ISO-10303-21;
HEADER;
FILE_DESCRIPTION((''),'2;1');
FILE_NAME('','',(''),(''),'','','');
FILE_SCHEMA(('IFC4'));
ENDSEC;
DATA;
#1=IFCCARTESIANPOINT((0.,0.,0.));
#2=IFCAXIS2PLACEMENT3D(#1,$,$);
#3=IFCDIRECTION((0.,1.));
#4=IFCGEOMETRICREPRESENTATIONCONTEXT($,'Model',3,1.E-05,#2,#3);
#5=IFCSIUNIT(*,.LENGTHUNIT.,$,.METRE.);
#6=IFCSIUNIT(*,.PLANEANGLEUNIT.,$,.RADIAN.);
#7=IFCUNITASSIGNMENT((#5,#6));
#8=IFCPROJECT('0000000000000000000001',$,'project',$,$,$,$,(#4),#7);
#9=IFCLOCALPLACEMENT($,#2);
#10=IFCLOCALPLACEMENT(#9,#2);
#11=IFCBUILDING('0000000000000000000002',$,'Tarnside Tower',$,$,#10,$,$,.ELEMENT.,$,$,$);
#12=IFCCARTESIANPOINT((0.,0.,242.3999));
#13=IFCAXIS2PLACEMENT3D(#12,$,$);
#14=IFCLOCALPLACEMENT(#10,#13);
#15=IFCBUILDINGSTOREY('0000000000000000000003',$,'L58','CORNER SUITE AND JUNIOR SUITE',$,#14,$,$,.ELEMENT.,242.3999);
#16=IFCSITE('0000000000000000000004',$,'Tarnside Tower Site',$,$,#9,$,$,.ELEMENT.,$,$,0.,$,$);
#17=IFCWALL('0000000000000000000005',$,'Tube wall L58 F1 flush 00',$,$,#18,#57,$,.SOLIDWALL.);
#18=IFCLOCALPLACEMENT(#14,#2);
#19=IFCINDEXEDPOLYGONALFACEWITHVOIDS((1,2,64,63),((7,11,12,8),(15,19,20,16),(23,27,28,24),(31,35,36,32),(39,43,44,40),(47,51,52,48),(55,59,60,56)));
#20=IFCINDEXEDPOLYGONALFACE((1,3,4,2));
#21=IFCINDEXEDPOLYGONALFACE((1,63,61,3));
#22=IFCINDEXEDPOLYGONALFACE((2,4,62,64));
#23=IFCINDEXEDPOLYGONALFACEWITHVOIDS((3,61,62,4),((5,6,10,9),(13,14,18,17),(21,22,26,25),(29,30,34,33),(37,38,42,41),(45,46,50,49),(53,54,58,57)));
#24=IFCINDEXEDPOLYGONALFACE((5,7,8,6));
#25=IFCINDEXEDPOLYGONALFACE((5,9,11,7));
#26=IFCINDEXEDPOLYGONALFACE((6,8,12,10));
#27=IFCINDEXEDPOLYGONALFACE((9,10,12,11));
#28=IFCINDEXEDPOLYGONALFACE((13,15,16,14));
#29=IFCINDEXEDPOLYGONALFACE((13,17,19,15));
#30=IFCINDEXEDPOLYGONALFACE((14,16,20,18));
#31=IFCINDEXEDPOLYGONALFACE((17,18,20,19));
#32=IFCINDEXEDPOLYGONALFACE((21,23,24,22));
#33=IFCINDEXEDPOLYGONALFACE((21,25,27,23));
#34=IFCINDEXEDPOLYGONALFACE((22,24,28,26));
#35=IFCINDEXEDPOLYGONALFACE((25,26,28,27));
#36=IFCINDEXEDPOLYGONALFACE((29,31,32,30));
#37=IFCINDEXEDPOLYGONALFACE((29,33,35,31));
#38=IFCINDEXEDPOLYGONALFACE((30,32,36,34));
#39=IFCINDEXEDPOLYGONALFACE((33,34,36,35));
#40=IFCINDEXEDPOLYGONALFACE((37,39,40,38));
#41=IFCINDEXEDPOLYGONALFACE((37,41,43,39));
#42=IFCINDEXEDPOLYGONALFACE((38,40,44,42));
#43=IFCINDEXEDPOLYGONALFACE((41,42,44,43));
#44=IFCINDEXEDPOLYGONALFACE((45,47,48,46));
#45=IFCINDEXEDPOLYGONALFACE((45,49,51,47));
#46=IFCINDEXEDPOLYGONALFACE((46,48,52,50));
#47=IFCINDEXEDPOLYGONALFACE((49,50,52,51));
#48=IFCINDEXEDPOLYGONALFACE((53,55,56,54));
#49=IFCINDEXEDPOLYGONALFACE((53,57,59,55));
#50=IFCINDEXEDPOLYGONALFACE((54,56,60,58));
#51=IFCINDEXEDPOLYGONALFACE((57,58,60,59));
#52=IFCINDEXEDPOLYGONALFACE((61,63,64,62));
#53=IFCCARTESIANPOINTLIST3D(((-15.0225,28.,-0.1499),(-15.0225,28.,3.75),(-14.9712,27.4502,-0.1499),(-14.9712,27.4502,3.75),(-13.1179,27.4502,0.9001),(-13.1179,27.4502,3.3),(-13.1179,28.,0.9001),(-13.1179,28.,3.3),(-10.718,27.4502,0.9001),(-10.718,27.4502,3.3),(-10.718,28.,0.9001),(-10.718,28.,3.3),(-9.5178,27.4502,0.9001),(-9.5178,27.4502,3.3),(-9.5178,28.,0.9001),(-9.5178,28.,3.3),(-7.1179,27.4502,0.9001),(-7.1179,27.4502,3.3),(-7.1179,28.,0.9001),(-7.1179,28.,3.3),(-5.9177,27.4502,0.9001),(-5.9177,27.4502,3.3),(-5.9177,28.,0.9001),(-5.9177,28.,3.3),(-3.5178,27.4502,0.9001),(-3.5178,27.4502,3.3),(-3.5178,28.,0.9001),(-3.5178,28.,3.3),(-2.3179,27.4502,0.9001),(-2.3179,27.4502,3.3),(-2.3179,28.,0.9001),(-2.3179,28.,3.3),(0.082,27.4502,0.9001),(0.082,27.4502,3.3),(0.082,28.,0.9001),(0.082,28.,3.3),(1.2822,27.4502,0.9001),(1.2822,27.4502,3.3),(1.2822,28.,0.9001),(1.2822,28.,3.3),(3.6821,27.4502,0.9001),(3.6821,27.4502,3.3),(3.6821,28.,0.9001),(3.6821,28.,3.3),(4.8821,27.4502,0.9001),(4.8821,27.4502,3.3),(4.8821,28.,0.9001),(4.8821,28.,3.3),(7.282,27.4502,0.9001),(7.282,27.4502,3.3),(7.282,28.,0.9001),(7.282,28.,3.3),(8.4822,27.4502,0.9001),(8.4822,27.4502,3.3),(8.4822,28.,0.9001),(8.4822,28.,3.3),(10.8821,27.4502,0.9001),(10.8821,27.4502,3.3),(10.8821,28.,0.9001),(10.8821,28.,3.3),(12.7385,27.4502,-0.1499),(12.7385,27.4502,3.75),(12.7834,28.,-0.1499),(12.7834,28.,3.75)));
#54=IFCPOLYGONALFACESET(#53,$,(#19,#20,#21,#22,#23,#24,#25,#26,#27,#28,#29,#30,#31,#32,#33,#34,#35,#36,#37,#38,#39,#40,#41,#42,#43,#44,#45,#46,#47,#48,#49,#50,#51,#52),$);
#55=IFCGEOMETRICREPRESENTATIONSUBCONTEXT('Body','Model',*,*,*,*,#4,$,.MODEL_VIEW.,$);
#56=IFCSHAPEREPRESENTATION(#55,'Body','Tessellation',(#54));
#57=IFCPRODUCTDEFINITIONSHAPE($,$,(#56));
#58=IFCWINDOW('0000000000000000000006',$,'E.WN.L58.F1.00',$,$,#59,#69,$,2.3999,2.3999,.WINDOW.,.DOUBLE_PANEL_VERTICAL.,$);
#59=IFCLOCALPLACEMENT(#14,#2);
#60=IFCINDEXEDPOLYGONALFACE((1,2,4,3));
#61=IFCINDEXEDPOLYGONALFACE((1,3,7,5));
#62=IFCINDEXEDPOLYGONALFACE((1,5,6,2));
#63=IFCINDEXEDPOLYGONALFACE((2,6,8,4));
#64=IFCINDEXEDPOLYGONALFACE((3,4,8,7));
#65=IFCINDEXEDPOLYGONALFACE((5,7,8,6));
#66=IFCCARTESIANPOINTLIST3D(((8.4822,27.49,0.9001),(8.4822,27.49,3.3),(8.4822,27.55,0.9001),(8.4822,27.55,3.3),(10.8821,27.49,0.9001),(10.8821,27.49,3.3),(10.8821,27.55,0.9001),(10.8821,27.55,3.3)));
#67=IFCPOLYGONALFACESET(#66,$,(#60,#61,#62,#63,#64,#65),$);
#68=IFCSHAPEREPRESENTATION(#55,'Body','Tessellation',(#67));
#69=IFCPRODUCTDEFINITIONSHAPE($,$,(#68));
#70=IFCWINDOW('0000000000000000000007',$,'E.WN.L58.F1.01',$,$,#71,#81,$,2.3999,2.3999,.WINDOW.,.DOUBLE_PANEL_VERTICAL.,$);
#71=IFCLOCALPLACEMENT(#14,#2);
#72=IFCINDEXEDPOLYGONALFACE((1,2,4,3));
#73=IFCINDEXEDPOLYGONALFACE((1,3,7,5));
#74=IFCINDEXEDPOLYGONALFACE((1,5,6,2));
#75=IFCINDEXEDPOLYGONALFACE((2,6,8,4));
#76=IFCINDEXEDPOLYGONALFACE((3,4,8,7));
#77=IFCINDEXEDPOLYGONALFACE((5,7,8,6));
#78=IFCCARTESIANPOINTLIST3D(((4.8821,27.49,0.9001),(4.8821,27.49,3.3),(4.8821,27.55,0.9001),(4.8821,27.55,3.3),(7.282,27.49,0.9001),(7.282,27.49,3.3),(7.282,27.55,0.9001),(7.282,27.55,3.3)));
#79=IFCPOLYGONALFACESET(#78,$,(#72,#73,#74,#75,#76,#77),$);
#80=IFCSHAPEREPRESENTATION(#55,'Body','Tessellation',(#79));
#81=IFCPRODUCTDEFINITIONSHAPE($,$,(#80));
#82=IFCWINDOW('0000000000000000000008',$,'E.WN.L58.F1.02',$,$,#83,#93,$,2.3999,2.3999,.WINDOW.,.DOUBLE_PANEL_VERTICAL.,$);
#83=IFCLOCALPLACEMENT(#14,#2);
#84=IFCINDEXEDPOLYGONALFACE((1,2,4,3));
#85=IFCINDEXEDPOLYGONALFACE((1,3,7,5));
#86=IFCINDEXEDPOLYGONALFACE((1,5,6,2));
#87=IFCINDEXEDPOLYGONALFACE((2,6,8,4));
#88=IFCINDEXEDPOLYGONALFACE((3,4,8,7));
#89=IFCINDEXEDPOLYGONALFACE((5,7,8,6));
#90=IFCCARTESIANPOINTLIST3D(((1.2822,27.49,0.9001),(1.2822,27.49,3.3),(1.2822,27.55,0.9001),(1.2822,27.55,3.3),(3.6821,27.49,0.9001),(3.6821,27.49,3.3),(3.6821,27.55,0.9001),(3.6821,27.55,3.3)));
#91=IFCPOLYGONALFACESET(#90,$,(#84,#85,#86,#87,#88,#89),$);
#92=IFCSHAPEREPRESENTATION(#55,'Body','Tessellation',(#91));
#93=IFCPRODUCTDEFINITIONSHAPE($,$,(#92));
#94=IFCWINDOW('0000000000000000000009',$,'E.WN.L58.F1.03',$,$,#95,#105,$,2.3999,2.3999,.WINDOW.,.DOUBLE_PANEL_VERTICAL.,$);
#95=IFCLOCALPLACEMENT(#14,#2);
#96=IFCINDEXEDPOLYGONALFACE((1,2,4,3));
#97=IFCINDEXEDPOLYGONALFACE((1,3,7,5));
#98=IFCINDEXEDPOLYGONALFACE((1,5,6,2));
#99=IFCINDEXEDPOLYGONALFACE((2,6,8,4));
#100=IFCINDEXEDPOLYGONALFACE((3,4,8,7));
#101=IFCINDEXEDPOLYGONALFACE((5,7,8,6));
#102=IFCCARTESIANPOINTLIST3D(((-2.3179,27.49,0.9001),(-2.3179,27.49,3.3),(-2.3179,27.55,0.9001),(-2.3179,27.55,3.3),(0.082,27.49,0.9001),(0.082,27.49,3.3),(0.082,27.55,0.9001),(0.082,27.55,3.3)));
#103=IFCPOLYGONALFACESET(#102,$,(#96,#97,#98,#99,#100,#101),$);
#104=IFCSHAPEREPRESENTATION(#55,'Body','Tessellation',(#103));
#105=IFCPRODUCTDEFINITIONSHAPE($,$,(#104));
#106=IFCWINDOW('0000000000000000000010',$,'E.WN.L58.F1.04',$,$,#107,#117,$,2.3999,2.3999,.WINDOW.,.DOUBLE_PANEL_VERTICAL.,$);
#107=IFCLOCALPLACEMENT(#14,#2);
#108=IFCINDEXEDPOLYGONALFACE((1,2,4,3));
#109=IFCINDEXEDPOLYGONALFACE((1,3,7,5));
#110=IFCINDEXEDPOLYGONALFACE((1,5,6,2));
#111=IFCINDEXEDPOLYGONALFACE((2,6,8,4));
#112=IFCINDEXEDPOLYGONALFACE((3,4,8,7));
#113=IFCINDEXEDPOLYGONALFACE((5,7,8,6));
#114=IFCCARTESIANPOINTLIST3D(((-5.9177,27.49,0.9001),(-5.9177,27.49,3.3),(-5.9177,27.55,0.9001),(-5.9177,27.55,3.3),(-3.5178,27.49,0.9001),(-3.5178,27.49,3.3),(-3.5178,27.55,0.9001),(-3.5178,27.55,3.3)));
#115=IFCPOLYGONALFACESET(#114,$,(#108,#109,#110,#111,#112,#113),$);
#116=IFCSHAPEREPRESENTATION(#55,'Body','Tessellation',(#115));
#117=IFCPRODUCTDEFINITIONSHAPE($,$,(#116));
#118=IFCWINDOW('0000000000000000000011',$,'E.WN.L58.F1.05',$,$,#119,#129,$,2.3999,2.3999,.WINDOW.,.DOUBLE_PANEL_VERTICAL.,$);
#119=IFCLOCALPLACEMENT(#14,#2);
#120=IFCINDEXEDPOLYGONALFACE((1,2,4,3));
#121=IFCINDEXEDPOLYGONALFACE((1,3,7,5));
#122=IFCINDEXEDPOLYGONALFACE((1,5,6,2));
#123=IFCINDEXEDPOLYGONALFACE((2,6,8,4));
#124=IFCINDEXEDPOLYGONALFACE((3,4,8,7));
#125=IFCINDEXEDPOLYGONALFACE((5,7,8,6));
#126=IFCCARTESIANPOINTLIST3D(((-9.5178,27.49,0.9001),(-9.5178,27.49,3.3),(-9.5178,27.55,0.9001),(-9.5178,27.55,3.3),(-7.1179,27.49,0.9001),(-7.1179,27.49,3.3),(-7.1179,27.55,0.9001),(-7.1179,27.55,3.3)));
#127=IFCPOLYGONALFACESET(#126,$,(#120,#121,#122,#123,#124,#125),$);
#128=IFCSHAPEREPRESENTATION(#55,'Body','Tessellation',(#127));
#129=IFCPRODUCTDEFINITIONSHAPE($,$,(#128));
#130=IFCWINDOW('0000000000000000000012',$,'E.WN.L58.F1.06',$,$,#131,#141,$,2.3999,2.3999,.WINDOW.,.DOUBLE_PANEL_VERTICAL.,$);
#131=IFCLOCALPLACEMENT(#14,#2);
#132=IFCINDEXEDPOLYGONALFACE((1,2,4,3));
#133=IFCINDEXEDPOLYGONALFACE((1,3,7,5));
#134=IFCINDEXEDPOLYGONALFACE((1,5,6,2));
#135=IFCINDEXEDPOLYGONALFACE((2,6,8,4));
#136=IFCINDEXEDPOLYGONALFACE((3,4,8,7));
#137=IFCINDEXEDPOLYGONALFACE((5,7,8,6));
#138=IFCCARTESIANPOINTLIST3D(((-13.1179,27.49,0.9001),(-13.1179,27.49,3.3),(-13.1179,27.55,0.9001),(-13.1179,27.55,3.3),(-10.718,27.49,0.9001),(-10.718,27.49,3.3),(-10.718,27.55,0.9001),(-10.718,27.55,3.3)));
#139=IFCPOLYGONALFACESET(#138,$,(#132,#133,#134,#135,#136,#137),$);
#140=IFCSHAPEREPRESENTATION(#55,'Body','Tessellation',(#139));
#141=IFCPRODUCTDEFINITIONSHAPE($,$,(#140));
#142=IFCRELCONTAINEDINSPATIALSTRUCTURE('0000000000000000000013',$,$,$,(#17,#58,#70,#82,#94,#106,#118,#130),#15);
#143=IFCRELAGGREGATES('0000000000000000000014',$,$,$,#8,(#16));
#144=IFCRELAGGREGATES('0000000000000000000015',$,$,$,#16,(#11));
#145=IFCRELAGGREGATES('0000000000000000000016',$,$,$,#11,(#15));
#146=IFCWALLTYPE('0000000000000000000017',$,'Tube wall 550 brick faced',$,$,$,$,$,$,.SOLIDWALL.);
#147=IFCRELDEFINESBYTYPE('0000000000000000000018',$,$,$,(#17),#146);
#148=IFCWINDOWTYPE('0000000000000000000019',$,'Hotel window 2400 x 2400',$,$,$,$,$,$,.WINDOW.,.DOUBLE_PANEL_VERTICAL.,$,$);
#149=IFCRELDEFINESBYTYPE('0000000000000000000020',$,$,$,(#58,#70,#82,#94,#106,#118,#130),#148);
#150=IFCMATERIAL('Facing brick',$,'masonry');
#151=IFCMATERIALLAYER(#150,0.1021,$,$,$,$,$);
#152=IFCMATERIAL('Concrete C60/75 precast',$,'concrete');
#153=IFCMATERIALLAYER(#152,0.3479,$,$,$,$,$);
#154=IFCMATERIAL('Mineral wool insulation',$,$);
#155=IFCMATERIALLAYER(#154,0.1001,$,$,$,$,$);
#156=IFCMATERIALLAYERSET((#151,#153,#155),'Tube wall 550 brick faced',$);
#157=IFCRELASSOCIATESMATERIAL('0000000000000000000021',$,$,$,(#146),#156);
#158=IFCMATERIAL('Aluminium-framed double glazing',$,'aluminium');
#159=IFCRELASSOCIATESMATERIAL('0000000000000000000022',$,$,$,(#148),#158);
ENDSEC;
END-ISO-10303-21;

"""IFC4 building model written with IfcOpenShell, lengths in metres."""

from ifc_helpers import new_model, si_unit, direction, frame, frame_2d, origin, place, context, subcontext, project, spatial, polyline, rectangle, outline, extrude, material, layer, layer_set, type_object, element, fill, save


model = new_model("IFC4")

# Units and contexts
model_context = context("Model", 3, precision=1e-05, world=origin(), true_north=direction((0.0, 1.0)))
body_context = subcontext(model_context, "Body", "Model", "MODEL_VIEW")
ifc_project = project(units=[si_unit("LENGTHUNIT", "METRE"), si_unit("PLANEANGLEUNIT", "RADIAN")], contexts=[model_context])

# Site, building, storey
site_placement = place(None, origin())
site = spatial("IfcSite", under=ifc_project, at=site_placement, Name="Tarnside Tower Site", CompositionType="ELEMENT", RefElevation=0.0)
building_placement = place(site_placement, origin())
building = spatial("IfcBuilding", under=site, at=building_placement, Name="Tarnside Tower", CompositionType="ELEMENT")
storey_placement = place(building_placement, frame((0.0, 0.0, 242.3999)))
storey = spatial("IfcBuildingStorey", under=building, at=storey_placement, Name="L58", Description="CORNER SUITE AND JUNIOR SUITE", CompositionType="ELEMENT", Elevation=242.3999)

# Wall, openings, windows
ifc_material_1 = material(Name="Facing brick", Category="masonry")
ifc_layer_1 = layer(ifc_material_1, 0.1021)
ifc_material_2 = material(Name="Concrete C60/75 precast", Category="concrete")
ifc_layer_2 = layer(ifc_material_2, 0.3479)
ifc_material_3 = material(Name="Mineral wool insulation")
ifc_layer_3 = layer(ifc_material_3, 0.1001)
ifc_layer_set_1 = layer_set([ifc_layer_1, ifc_layer_2, ifc_layer_3], Name="Tube wall 550 brick faced")
wall_type_1 = type_object("IfcWallType", Name="Tube wall 550 brick faced", PredefinedType="SOLIDWALL", material=ifc_layer_set_1)
wall_1_placement = place(storey_placement, frame((12.761, 27.7251, -0.1499), z_axis=(0.0, 0.0, 1.0), x_axis=(-1.0, 0.0, 0.0)))
wall_1 = element("IfcWall", 1, at=wall_1_placement, inside=storey, type_object=wall_type_1, Name="Tube wall L58 F1 flush 00", PredefinedType="SOLIDWALL", context=body_context, shape_type="SweptSolid", body=[
    extrude(outline(polyline([(-0.0225, -0.2749), (27.7834, -0.2749), (27.7322, 0.2749), (0.0225, 0.2749), (-0.0225, -0.2749)])), origin(), (0.0, 0.0, 1.0), 3.8999),
])
opening_1_placement = place(wall_1_placement, frame((1.8789, 0.0, 1.05)))
opening_1 = element("IfcOpeningElement", 2, at=opening_1_placement, cuts=wall_1, PredefinedType="OPENING", context=body_context, shape_type="SweptSolid", body=[
    extrude(rectangle(XDim=2.3999, YDim=2.3999, at=frame_2d((1.2, 1.2))), frame((0.0, 0.2852, 0.0), z_axis=(0.0, -1.0, 0.0), x_axis=(1.0, 0.0, 0.0)), (0.0, 0.0, 1.0), 0.5701),
])
opening_2_placement = place(wall_1_placement, frame((5.479, 0.0, 1.05)))
opening_2 = element("IfcOpeningElement", 3, at=opening_2_placement, cuts=wall_1, PredefinedType="OPENING", context=body_context, shape_type="SweptSolid", body=[
    extrude(rectangle(XDim=2.3999, YDim=2.3999, at=frame_2d((1.2, 1.2))), frame((0.0, 0.2852, 0.0), z_axis=(0.0, -1.0, 0.0), x_axis=(1.0, 0.0, 0.0)), (0.0, 0.0, 1.0), 0.5701),
])
opening_3_placement = place(wall_1_placement, frame((9.0789, 0.0, 1.05)))
opening_3 = element("IfcOpeningElement", 4, at=opening_3_placement, cuts=wall_1, PredefinedType="OPENING", context=body_context, shape_type="SweptSolid", body=[
    extrude(rectangle(XDim=2.3999, YDim=2.3999, at=frame_2d((1.2, 1.2))), frame((0.0, 0.2852, 0.0), z_axis=(0.0, -1.0, 0.0), x_axis=(1.0, 0.0, 0.0)), (0.0, 0.0, 1.0), 0.5701),
])
opening_4_placement = place(wall_1_placement, frame((12.679, 0.0, 1.05)))
opening_4 = element("IfcOpeningElement", 5, at=opening_4_placement, cuts=wall_1, PredefinedType="OPENING", context=body_context, shape_type="SweptSolid", body=[
    extrude(rectangle(XDim=2.3999, YDim=2.3999, at=frame_2d((1.2, 1.2))), frame((0.0, 0.2852, 0.0), z_axis=(0.0, -1.0, 0.0), x_axis=(1.0, 0.0, 0.0)), (0.0, 0.0, 1.0), 0.5701),
])
opening_5_placement = place(wall_1_placement, frame((16.2788, 0.0, 1.05)))
opening_5 = element("IfcOpeningElement", 6, at=opening_5_placement, cuts=wall_1, PredefinedType="OPENING", context=body_context, shape_type="SweptSolid", body=[
    extrude(rectangle(XDim=2.3999, YDim=2.3999, at=frame_2d((1.2, 1.2))), frame((0.0, 0.2852, 0.0), z_axis=(0.0, -1.0, 0.0), x_axis=(1.0, 0.0, 0.0)), (0.0, 0.0, 1.0), 0.5701),
])
opening_6_placement = place(wall_1_placement, frame((19.8789, 0.0, 1.05)))
opening_6 = element("IfcOpeningElement", 7, at=opening_6_placement, cuts=wall_1, PredefinedType="OPENING", context=body_context, shape_type="SweptSolid", body=[
    extrude(rectangle(XDim=2.3999, YDim=2.3999, at=frame_2d((1.2, 1.2))), frame((0.0, 0.2852, 0.0), z_axis=(0.0, -1.0, 0.0), x_axis=(1.0, 0.0, 0.0)), (0.0, 0.0, 1.0), 0.5701),
])
opening_7_placement = place(wall_1_placement, frame((23.479, 0.0, 1.05)))
opening_7 = element("IfcOpeningElement", 8, at=opening_7_placement, cuts=wall_1, PredefinedType="OPENING", context=body_context, shape_type="SweptSolid", body=[
    extrude(rectangle(XDim=2.3999, YDim=2.3999, at=frame_2d((1.2, 1.2))), frame((0.0, 0.2852, 0.0), z_axis=(0.0, -1.0, 0.0), x_axis=(1.0, 0.0, 0.0)), (0.0, 0.0, 1.0), 0.5701),
])
ifc_material_4 = material(Name="Aluminium-framed double glazing", Category="aluminium")
window_type = type_object("IfcWindowType", Name="Hotel window 2400 x 2400", PartitioningType="DOUBLE_PANEL_VERTICAL", PredefinedType="WINDOW", material=ifc_material_4)
window_1_placement = place(opening_1_placement, frame((0.0, 0.2051, 0.0)))
window_1 = element("IfcWindow", 9, at=window_1_placement, inside=storey, type_object=window_type, Name="E.WN.L58.F1.00", OverallHeight=2.3999, OverallWidth=2.3999, PartitioningType="DOUBLE_PANEL_VERTICAL", PredefinedType="WINDOW", context=body_context, shape_type="SweptSolid", body=[
    extrude(rectangle(XDim=2.3999, YDim=2.3999, at=frame_2d((1.2, 1.2))), frame((0.0, 0.03, 0.0), z_axis=(0.0, -1.0, 0.0), x_axis=(1.0, 0.0, 0.0)), (0.0, 0.0, 1.0), 0.0601),
])
fill(opening_1, window_1)
window_2_placement = place(opening_2_placement, frame((0.0, 0.2051, 0.0)))
window_2 = element("IfcWindow", 10, at=window_2_placement, inside=storey, type_object=window_type, Name="E.WN.L58.F1.01", OverallHeight=2.3999, OverallWidth=2.3999, PartitioningType="DOUBLE_PANEL_VERTICAL", PredefinedType="WINDOW", context=body_context, shape_type="SweptSolid", body=[
    extrude(rectangle(XDim=2.3999, YDim=2.3999, at=frame_2d((1.2, 1.2))), frame((0.0, 0.03, 0.0), z_axis=(0.0, -1.0, 0.0), x_axis=(1.0, 0.0, 0.0)), (0.0, 0.0, 1.0), 0.0601),
])
fill(opening_2, window_2)
window_3_placement = place(opening_3_placement, frame((0.0, 0.2051, 0.0)))
window_3 = element("IfcWindow", 11, at=window_3_placement, inside=storey, type_object=window_type, Name="E.WN.L58.F1.02", OverallHeight=2.3999, OverallWidth=2.3999, PartitioningType="DOUBLE_PANEL_VERTICAL", PredefinedType="WINDOW", context=body_context, shape_type="SweptSolid", body=[
    extrude(rectangle(XDim=2.3999, YDim=2.3999, at=frame_2d((1.2, 1.2))), frame((0.0, 0.03, 0.0), z_axis=(0.0, -1.0, 0.0), x_axis=(1.0, 0.0, 0.0)), (0.0, 0.0, 1.0), 0.0601),
])
fill(opening_3, window_3)
window_4_placement = place(opening_4_placement, frame((0.0, 0.2051, 0.0)))
window_4 = element("IfcWindow", 12, at=window_4_placement, inside=storey, type_object=window_type, Name="E.WN.L58.F1.03", OverallHeight=2.3999, OverallWidth=2.3999, PartitioningType="DOUBLE_PANEL_VERTICAL", PredefinedType="WINDOW", context=body_context, shape_type="SweptSolid", body=[
    extrude(rectangle(XDim=2.3999, YDim=2.3999, at=frame_2d((1.2, 1.2))), frame((0.0, 0.03, 0.0), z_axis=(0.0, -1.0, 0.0), x_axis=(1.0, 0.0, 0.0)), (0.0, 0.0, 1.0), 0.0601),
])
fill(opening_4, window_4)
window_5_placement = place(opening_5_placement, frame((0.0, 0.2051, 0.0)))
window_5 = element("IfcWindow", 13, at=window_5_placement, inside=storey, type_object=window_type, Name="E.WN.L58.F1.04", OverallHeight=2.3999, OverallWidth=2.3999, PartitioningType="DOUBLE_PANEL_VERTICAL", PredefinedType="WINDOW", context=body_context, shape_type="SweptSolid", body=[
    extrude(rectangle(XDim=2.3999, YDim=2.3999, at=frame_2d((1.2, 1.2))), frame((0.0, 0.03, 0.0), z_axis=(0.0, -1.0, 0.0), x_axis=(1.0, 0.0, 0.0)), (0.0, 0.0, 1.0), 0.0601),
])
fill(opening_5, window_5)
window_6_placement = place(opening_6_placement, frame((0.0, 0.2051, 0.0)))
window_6 = element("IfcWindow", 14, at=window_6_placement, inside=storey, type_object=window_type, Name="E.WN.L58.F1.05", OverallHeight=2.3999, OverallWidth=2.3999, PartitioningType="DOUBLE_PANEL_VERTICAL", PredefinedType="WINDOW", context=body_context, shape_type="SweptSolid", body=[
    extrude(rectangle(XDim=2.3999, YDim=2.3999, at=frame_2d((1.2, 1.2))), frame((0.0, 0.03, 0.0), z_axis=(0.0, -1.0, 0.0), x_axis=(1.0, 0.0, 0.0)), (0.0, 0.0, 1.0), 0.0601),
])
fill(opening_6, window_6)
window_7_placement = place(opening_7_placement, frame((0.0, 0.2051, 0.0)))
window_7 = element("IfcWindow", 15, at=window_7_placement, inside=storey, type_object=window_type, Name="E.WN.L58.F1.06", OverallHeight=2.3999, OverallWidth=2.3999, PartitioningType="DOUBLE_PANEL_VERTICAL", PredefinedType="WINDOW", context=body_context, shape_type="SweptSolid", body=[
    extrude(rectangle(XDim=2.3999, YDim=2.3999, at=frame_2d((1.2, 1.2))), frame((0.0, 0.03, 0.0), z_axis=(0.0, -1.0, 0.0), x_axis=(1.0, 0.0, 0.0)), (0.0, 0.0, 1.0), 0.0601),
])
fill(opening_7, window_7)

save(model, "model.ifc")
